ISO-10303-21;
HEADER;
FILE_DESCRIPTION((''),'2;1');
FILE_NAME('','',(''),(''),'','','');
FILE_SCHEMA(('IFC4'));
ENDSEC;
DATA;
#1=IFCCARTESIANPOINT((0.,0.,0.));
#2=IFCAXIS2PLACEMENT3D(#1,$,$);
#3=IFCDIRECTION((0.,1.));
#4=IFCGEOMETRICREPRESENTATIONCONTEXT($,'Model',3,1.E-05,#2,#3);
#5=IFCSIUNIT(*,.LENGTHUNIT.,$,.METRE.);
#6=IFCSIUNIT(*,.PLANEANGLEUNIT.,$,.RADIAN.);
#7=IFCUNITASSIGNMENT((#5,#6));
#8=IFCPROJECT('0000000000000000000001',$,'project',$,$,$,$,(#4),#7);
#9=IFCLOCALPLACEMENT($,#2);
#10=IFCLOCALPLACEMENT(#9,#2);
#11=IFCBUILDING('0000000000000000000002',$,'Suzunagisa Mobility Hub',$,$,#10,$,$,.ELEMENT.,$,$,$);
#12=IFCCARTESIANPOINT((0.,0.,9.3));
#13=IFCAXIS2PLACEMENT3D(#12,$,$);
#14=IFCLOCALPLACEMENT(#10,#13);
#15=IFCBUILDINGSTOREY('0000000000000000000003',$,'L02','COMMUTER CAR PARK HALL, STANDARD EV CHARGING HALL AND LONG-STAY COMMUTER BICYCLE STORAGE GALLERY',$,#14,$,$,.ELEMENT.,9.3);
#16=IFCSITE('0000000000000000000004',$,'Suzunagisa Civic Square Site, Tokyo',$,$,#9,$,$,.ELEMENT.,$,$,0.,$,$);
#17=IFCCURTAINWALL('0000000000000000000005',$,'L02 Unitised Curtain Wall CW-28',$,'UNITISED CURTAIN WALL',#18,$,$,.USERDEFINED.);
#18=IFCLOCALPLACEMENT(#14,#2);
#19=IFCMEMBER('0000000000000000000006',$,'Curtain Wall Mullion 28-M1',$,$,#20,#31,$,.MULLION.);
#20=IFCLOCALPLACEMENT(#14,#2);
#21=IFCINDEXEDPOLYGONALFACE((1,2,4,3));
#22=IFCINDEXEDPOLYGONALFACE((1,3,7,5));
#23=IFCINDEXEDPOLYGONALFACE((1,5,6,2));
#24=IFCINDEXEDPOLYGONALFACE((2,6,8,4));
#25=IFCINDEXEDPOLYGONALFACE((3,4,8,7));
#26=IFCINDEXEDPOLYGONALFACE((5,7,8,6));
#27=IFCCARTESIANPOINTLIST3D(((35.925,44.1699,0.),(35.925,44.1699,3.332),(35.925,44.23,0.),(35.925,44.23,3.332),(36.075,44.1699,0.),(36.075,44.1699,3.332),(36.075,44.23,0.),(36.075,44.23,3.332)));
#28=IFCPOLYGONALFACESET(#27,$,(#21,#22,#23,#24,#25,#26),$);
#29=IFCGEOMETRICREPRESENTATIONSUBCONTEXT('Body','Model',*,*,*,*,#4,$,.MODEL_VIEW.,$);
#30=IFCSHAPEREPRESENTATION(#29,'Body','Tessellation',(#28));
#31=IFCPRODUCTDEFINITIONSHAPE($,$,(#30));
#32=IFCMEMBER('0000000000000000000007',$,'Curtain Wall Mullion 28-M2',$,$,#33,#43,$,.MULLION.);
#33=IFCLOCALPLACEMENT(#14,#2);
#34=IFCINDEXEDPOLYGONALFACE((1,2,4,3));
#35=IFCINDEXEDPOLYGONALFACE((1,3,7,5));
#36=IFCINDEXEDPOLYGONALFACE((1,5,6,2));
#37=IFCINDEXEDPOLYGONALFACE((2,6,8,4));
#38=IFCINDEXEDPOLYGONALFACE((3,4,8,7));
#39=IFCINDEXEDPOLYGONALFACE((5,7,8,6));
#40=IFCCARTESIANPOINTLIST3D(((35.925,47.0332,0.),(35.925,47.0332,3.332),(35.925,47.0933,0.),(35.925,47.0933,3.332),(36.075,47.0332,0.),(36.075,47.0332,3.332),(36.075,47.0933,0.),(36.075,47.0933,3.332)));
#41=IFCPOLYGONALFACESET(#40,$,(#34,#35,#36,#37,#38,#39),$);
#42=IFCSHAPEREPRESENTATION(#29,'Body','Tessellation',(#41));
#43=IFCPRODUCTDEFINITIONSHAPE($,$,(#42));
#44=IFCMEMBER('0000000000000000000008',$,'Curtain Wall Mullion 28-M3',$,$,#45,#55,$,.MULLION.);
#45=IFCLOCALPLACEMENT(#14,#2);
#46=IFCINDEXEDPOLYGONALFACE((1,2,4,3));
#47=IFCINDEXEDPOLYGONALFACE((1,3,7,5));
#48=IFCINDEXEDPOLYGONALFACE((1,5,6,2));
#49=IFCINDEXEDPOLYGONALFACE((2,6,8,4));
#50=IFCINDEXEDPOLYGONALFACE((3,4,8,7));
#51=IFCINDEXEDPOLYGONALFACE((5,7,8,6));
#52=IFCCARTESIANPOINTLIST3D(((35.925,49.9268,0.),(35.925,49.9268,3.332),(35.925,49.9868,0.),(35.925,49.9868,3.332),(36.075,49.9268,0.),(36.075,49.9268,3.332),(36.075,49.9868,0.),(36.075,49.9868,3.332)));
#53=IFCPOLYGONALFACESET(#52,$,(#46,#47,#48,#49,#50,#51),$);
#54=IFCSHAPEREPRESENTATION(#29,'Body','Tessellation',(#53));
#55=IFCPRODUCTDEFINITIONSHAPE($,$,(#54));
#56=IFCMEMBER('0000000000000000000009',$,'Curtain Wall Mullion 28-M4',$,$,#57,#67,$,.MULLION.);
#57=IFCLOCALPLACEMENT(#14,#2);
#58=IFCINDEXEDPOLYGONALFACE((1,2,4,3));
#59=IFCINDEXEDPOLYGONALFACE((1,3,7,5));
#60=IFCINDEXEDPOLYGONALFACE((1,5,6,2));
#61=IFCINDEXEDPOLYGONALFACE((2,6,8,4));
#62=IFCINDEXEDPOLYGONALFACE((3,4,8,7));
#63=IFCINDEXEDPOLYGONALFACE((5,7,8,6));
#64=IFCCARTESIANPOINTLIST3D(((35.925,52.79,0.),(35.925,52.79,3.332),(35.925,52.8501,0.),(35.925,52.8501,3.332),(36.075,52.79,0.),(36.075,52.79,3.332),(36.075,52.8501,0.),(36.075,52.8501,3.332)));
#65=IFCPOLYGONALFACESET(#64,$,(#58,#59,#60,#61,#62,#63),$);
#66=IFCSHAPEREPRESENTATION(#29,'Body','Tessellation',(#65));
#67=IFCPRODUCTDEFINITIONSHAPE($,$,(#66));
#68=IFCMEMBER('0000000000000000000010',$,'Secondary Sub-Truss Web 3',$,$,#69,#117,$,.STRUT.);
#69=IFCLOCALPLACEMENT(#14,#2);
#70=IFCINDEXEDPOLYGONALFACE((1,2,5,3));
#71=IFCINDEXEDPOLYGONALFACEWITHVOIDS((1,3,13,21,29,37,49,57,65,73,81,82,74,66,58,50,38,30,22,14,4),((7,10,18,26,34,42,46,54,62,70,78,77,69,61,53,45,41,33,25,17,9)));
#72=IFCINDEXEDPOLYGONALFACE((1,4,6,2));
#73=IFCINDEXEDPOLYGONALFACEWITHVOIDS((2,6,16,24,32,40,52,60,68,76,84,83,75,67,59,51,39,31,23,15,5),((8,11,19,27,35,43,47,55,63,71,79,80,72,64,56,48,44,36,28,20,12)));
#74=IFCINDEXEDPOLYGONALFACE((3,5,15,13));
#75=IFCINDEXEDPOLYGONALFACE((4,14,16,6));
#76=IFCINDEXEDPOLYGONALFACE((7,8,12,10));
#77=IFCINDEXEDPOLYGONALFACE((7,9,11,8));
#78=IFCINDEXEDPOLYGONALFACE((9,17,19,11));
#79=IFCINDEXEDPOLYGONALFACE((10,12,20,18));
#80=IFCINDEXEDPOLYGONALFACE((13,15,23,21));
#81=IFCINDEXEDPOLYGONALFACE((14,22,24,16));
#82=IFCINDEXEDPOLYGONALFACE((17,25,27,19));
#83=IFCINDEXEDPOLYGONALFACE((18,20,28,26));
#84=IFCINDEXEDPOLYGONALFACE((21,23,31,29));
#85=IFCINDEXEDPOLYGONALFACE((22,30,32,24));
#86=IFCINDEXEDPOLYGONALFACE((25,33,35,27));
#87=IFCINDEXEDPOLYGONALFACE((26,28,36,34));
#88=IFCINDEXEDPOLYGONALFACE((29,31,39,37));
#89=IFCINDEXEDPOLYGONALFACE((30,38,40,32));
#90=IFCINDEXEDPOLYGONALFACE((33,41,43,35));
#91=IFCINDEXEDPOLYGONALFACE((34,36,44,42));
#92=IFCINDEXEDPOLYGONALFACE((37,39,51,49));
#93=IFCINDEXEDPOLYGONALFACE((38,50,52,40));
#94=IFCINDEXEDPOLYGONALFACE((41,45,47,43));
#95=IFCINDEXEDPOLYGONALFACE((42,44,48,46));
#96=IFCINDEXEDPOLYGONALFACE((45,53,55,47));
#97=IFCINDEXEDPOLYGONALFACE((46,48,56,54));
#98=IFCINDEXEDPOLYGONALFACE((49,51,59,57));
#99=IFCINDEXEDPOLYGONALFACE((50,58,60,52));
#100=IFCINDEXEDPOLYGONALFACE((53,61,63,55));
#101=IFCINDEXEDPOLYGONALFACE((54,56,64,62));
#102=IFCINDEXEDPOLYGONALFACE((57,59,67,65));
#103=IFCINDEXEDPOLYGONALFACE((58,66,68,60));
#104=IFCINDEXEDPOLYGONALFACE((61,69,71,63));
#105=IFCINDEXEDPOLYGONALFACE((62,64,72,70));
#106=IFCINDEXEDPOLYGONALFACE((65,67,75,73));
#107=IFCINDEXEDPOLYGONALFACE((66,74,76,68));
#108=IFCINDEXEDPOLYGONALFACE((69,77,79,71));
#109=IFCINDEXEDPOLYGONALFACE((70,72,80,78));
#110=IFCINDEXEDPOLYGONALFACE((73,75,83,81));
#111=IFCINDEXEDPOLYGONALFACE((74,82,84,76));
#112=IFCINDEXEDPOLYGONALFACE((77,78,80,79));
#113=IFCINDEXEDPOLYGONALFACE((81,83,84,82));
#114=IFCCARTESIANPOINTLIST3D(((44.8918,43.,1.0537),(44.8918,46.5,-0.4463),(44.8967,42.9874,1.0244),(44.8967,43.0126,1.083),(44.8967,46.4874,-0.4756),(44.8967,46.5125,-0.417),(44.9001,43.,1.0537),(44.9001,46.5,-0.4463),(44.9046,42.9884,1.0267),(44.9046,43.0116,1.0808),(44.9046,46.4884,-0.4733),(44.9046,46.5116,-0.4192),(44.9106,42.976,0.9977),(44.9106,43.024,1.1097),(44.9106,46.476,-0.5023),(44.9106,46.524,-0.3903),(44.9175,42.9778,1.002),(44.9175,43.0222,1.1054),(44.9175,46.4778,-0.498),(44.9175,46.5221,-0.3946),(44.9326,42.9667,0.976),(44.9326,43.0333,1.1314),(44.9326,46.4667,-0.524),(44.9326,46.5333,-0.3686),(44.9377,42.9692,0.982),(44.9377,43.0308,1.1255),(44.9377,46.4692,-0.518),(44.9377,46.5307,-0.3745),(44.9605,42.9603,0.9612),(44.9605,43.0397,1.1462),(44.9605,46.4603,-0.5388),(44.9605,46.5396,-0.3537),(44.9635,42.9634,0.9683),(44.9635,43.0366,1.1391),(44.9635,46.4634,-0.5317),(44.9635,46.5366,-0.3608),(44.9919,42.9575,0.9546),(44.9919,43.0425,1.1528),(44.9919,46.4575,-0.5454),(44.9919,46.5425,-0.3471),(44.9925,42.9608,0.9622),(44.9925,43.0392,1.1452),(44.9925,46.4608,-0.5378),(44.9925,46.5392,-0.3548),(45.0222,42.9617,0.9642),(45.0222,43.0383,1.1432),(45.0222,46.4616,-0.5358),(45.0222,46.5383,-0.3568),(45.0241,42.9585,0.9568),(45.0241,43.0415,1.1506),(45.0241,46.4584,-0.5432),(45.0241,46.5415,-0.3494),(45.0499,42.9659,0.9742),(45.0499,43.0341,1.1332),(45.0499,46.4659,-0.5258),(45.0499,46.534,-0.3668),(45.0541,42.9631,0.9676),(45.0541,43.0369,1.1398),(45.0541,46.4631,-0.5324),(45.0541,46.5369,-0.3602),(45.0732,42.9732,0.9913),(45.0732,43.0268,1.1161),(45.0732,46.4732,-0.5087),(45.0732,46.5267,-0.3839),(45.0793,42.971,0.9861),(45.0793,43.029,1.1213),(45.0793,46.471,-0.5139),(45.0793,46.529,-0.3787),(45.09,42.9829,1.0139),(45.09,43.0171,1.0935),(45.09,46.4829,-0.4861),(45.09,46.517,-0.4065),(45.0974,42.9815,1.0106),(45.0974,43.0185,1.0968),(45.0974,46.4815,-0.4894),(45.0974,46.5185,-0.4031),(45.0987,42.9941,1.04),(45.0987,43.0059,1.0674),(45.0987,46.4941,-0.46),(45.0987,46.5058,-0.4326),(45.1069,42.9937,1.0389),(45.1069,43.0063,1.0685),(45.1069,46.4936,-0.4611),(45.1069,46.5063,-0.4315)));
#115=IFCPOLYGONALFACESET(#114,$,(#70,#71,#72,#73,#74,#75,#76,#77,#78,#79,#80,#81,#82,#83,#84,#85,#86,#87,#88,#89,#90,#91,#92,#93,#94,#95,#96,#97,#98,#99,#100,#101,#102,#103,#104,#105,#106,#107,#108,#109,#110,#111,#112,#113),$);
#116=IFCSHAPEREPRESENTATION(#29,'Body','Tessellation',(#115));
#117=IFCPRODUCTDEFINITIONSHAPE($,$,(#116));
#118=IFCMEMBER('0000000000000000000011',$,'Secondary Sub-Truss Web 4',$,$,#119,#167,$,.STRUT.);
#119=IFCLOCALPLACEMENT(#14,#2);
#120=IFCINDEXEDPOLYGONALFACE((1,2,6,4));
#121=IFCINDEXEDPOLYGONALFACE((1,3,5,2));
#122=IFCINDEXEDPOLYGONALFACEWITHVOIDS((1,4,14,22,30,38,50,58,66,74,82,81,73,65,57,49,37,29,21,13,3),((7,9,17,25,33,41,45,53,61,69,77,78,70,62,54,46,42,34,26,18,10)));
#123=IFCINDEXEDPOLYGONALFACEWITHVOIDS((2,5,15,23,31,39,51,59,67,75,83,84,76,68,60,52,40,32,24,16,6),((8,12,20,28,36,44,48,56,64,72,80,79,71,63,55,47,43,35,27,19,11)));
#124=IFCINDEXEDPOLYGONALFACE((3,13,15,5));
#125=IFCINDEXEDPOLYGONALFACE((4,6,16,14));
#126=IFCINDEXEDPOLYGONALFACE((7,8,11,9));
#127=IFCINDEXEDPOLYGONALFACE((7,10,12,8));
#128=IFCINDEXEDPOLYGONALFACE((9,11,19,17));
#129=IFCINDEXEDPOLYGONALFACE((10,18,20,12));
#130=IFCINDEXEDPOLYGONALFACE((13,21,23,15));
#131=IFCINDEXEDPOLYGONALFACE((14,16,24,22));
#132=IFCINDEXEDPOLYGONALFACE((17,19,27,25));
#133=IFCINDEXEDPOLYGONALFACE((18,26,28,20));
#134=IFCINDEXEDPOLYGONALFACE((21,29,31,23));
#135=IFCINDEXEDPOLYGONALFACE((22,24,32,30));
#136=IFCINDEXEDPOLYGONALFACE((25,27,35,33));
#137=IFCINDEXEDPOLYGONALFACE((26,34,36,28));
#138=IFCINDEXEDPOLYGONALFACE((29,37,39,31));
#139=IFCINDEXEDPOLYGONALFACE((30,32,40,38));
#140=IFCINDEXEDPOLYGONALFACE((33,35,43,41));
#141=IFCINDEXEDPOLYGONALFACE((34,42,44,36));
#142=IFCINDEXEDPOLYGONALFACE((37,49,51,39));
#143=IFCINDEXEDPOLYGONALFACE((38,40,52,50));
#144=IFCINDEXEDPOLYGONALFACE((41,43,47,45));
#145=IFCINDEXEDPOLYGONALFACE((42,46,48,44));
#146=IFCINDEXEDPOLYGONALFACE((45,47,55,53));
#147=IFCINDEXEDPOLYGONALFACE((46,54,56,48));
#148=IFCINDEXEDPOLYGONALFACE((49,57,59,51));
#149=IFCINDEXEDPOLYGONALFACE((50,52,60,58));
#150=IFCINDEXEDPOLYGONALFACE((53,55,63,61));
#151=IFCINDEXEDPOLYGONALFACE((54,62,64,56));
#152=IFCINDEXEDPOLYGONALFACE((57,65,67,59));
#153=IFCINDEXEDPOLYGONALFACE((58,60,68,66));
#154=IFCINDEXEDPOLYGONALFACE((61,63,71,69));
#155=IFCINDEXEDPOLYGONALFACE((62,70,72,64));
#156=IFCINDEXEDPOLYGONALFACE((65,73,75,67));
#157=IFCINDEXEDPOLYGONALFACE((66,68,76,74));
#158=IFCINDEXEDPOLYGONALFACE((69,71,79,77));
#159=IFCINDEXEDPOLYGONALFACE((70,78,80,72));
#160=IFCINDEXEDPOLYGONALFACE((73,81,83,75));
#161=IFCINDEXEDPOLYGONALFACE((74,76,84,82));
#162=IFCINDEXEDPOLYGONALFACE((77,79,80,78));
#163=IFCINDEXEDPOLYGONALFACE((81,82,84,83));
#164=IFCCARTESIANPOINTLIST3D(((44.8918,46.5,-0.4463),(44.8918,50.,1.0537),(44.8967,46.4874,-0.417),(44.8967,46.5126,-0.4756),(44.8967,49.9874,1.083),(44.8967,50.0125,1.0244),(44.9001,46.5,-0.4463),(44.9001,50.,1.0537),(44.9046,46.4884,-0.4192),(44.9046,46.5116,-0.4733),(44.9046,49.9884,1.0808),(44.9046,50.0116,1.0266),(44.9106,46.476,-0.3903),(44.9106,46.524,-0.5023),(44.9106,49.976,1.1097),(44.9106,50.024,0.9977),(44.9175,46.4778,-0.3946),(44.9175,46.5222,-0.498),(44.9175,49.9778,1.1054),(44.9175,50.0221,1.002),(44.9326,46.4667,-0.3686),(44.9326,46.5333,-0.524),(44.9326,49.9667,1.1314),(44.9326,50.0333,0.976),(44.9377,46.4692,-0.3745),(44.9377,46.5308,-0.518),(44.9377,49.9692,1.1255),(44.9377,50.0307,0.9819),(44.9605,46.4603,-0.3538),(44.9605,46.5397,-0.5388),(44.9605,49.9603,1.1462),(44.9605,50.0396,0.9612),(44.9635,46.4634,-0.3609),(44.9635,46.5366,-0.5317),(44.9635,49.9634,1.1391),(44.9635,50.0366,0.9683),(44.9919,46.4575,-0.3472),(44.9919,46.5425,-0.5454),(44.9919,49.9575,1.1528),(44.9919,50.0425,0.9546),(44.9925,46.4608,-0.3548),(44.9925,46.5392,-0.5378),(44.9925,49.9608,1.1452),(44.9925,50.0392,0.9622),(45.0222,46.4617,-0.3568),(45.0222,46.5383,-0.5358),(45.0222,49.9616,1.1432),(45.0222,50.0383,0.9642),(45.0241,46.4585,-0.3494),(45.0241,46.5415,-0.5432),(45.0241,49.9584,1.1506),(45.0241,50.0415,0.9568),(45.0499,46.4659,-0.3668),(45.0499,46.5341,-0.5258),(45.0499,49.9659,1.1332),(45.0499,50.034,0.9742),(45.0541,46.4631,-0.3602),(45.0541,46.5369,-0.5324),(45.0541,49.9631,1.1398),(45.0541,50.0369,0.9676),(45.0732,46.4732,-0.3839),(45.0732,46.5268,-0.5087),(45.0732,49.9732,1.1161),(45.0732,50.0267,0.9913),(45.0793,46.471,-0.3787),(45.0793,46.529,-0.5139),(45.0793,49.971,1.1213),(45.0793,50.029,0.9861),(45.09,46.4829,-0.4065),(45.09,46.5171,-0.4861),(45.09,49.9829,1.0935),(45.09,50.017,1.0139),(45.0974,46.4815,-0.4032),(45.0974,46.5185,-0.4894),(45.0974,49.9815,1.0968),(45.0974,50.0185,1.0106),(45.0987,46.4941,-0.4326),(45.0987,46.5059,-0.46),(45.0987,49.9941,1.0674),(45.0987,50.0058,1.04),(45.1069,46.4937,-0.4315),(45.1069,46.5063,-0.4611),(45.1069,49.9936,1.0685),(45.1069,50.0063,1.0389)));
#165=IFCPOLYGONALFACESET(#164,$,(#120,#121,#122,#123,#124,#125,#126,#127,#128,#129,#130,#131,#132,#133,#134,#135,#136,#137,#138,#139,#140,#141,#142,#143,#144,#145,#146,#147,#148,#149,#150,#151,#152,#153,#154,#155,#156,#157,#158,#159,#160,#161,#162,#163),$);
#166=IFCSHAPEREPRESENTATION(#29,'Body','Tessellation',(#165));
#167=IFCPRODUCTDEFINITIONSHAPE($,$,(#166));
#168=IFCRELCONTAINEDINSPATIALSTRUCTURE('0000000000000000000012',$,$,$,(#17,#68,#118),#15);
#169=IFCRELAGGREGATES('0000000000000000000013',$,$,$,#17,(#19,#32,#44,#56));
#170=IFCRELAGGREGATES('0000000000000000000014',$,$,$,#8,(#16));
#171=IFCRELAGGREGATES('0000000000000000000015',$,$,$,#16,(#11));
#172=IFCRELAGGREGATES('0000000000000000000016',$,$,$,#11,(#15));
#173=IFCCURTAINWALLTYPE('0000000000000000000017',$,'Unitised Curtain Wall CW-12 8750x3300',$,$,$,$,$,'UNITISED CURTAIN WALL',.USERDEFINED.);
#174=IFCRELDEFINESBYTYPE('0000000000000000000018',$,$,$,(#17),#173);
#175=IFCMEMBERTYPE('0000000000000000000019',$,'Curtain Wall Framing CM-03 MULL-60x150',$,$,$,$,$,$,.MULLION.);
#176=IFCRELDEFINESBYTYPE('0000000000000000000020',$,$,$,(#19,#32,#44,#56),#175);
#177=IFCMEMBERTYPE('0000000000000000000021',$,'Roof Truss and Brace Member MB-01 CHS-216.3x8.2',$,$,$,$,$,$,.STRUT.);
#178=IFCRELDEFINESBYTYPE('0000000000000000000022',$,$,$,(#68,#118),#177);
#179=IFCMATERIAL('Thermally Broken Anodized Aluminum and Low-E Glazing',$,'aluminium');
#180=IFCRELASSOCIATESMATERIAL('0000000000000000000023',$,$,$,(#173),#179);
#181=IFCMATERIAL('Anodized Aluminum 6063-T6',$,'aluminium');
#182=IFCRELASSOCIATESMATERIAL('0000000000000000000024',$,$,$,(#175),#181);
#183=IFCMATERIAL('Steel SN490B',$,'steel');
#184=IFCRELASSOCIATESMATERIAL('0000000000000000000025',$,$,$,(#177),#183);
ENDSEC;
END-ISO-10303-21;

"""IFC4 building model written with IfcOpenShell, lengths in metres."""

from ifc_helpers import new_model, si_unit, direction, frame, origin, origin_2d, place, context, subcontext, project, spatial, rectangle, hollow_circle, extrude, material, material_profile, profile_set, type_object, element, aggregate, save


model = new_model("IFC4")

# Units and contexts
model_context = context("Model", 3, precision=1e-05, world=origin(), true_north=direction((0.0, 1.0)))
body_context = subcontext(model_context, "Body", "Model", "MODEL_VIEW")
ifc_project = project(units=[si_unit("LENGTHUNIT", "METRE"), si_unit("PLANEANGLEUNIT", "RADIAN")], contexts=[model_context])

# Site, building, storey
site_placement = place(None, origin())
site = spatial("IfcSite", under=ifc_project, at=site_placement, Name="Suzunagisa Civic Square Site, Tokyo", CompositionType="ELEMENT", RefElevation=0.0)
building_placement = place(site_placement, origin())
building = spatial("IfcBuilding", under=site, at=building_placement, Name="Suzunagisa Mobility Hub", CompositionType="ELEMENT")
storey_placement = place(building_placement, frame((0.0, 0.0, 9.3)))
storey = spatial("IfcBuildingStorey", under=building, at=storey_placement, Name="L02", Description="COMMUTER CAR PARK HALL, STANDARD EV CHARGING HALL AND LONG-STAY COMMUTER BICYCLE STORAGE GALLERY", CompositionType="ELEMENT", Elevation=9.3)

# Shared definitions
ifc_material_1 = material(Name="Steel SN490B", Category="steel")

# Curtain wall, members
ifc_material_2 = material(Name="Thermally Broken Anodized Aluminum and Low-E Glazing", Category="aluminium")
curtain_wall_type = type_object("IfcCurtainWallType", Name="Unitised Curtain Wall CW-12 8750x3300", ElementType="UNITISED CURTAIN WALL", PredefinedType="USERDEFINED", material=ifc_material_2)
curtain_wall_placement = place(storey_placement, origin())
curtain_wall = element("IfcCurtainWall", 1, at=curtain_wall_placement, inside=storey, type_object=curtain_wall_type, Name="L02 Unitised Curtain Wall CW-28", ObjectType="UNITISED CURTAIN WALL", PredefinedType="USERDEFINED")
ifc_material_3 = material(Name="Anodized Aluminum 6063-T6", Category="aluminium")
ifc_material_profile_1 = material_profile(ifc_material_3, rectangle(XDim=0.0601, YDim=0.1499, at=origin_2d()), Name="MULL-60x150")
ifc_profile_set_1 = profile_set([ifc_material_profile_1], Name="Anodized Aluminum 6063-T6")
member_type_1 = type_object("IfcMemberType", Name="Curtain Wall Framing CM-03 MULL-60x150", PredefinedType="MULLION", material=ifc_profile_set_1)
member_1_placement = place(storey_placement, frame((36.0, 44.2, 0.0), z_axis=(0.0, 0.0, 1.0), x_axis=(0.0, 1.0, 0.0)))
member_1 = element("IfcMember", 2, at=member_1_placement, type_object=member_type_1, Name="Curtain Wall Mullion 28-M1", PredefinedType="MULLION", context=body_context, shape_type="SweptSolid", body=[
    extrude(rectangle(XDim=0.0601, YDim=0.1499, at=origin_2d()), origin(), (0.0, 0.0, 1.0), 3.332),
])
member_2_placement = place(storey_placement, frame((36.0, 47.0632, 0.0), z_axis=(0.0, 0.0, 1.0), x_axis=(0.0, 1.0, 0.0)))
member_2 = element("IfcMember", 3, at=member_2_placement, type_object=member_type_1, Name="Curtain Wall Mullion 28-M2", PredefinedType="MULLION", context=body_context, shape_type="SweptSolid", body=[
    extrude(rectangle(XDim=0.0601, YDim=0.1499, at=origin_2d()), origin(), (0.0, 0.0, 1.0), 3.332),
])
member_3_placement = place(storey_placement, frame((36.0, 49.9568, 0.0), z_axis=(0.0, 0.0, 1.0), x_axis=(0.0, 1.0, 0.0)))
member_3 = element("IfcMember", 4, at=member_3_placement, type_object=member_type_1, Name="Curtain Wall Mullion 28-M3", PredefinedType="MULLION", context=body_context, shape_type="SweptSolid", body=[
    extrude(rectangle(XDim=0.0601, YDim=0.1499, at=origin_2d()), origin(), (0.0, 0.0, 1.0), 3.332),
])
member_4_placement = place(storey_placement, frame((36.0, 52.8201, 0.0), z_axis=(0.0, 0.0, 1.0), x_axis=(0.0, 1.0, 0.0)))
member_4 = element("IfcMember", 5, at=member_4_placement, type_object=member_type_1, Name="Curtain Wall Mullion 28-M4", PredefinedType="MULLION", context=body_context, shape_type="SweptSolid", body=[
    extrude(rectangle(XDim=0.0601, YDim=0.1499, at=origin_2d()), origin(), (0.0, 0.0, 1.0), 3.332),
])

# Members
ifc_material_profile_2 = material_profile(ifc_material_1, hollow_circle(Radius=0.1082, WallThickness=0.0083, at=origin_2d()), Name="CHS-216.3x8.2")
ifc_profile_set_2 = profile_set([ifc_material_profile_2], Name="Steel SN490B")
member_type_2 = type_object("IfcMemberType", Name="Roof Truss and Brace Member MB-01 CHS-216.3x8.2", PredefinedType="STRUT", material=ifc_profile_set_2)
for number, where, z_axis, x_axis, name in (
    (6, (45.0, 43.0, 1.0537), (0.0, 0.919145, -0.393919), (-1.0, 0.0, 0.0), "Secondary Sub-Truss Web 3"),
    (7, (45.0, 46.5, -0.4463), (0.0, 0.919145, 0.393919), (-1.0, 0.0, 0.0), "Secondary Sub-Truss Web 4"),
):
    element("IfcMember", number, at=place(storey_placement, frame(where, z_axis=z_axis, x_axis=x_axis)), inside=storey, type_object=member_type_2, Name=name, PredefinedType="STRUT", context=body_context, shape_type="SweptSolid", body=[
        extrude(hollow_circle(Radius=0.1082, WallThickness=0.0083, at=origin_2d()), origin(), (0.0, 0.0, 1.0), 3.8079),
    ])

aggregate(curtain_wall, [member_1, member_2, member_3, member_4])

save(model, "model.ifc")
